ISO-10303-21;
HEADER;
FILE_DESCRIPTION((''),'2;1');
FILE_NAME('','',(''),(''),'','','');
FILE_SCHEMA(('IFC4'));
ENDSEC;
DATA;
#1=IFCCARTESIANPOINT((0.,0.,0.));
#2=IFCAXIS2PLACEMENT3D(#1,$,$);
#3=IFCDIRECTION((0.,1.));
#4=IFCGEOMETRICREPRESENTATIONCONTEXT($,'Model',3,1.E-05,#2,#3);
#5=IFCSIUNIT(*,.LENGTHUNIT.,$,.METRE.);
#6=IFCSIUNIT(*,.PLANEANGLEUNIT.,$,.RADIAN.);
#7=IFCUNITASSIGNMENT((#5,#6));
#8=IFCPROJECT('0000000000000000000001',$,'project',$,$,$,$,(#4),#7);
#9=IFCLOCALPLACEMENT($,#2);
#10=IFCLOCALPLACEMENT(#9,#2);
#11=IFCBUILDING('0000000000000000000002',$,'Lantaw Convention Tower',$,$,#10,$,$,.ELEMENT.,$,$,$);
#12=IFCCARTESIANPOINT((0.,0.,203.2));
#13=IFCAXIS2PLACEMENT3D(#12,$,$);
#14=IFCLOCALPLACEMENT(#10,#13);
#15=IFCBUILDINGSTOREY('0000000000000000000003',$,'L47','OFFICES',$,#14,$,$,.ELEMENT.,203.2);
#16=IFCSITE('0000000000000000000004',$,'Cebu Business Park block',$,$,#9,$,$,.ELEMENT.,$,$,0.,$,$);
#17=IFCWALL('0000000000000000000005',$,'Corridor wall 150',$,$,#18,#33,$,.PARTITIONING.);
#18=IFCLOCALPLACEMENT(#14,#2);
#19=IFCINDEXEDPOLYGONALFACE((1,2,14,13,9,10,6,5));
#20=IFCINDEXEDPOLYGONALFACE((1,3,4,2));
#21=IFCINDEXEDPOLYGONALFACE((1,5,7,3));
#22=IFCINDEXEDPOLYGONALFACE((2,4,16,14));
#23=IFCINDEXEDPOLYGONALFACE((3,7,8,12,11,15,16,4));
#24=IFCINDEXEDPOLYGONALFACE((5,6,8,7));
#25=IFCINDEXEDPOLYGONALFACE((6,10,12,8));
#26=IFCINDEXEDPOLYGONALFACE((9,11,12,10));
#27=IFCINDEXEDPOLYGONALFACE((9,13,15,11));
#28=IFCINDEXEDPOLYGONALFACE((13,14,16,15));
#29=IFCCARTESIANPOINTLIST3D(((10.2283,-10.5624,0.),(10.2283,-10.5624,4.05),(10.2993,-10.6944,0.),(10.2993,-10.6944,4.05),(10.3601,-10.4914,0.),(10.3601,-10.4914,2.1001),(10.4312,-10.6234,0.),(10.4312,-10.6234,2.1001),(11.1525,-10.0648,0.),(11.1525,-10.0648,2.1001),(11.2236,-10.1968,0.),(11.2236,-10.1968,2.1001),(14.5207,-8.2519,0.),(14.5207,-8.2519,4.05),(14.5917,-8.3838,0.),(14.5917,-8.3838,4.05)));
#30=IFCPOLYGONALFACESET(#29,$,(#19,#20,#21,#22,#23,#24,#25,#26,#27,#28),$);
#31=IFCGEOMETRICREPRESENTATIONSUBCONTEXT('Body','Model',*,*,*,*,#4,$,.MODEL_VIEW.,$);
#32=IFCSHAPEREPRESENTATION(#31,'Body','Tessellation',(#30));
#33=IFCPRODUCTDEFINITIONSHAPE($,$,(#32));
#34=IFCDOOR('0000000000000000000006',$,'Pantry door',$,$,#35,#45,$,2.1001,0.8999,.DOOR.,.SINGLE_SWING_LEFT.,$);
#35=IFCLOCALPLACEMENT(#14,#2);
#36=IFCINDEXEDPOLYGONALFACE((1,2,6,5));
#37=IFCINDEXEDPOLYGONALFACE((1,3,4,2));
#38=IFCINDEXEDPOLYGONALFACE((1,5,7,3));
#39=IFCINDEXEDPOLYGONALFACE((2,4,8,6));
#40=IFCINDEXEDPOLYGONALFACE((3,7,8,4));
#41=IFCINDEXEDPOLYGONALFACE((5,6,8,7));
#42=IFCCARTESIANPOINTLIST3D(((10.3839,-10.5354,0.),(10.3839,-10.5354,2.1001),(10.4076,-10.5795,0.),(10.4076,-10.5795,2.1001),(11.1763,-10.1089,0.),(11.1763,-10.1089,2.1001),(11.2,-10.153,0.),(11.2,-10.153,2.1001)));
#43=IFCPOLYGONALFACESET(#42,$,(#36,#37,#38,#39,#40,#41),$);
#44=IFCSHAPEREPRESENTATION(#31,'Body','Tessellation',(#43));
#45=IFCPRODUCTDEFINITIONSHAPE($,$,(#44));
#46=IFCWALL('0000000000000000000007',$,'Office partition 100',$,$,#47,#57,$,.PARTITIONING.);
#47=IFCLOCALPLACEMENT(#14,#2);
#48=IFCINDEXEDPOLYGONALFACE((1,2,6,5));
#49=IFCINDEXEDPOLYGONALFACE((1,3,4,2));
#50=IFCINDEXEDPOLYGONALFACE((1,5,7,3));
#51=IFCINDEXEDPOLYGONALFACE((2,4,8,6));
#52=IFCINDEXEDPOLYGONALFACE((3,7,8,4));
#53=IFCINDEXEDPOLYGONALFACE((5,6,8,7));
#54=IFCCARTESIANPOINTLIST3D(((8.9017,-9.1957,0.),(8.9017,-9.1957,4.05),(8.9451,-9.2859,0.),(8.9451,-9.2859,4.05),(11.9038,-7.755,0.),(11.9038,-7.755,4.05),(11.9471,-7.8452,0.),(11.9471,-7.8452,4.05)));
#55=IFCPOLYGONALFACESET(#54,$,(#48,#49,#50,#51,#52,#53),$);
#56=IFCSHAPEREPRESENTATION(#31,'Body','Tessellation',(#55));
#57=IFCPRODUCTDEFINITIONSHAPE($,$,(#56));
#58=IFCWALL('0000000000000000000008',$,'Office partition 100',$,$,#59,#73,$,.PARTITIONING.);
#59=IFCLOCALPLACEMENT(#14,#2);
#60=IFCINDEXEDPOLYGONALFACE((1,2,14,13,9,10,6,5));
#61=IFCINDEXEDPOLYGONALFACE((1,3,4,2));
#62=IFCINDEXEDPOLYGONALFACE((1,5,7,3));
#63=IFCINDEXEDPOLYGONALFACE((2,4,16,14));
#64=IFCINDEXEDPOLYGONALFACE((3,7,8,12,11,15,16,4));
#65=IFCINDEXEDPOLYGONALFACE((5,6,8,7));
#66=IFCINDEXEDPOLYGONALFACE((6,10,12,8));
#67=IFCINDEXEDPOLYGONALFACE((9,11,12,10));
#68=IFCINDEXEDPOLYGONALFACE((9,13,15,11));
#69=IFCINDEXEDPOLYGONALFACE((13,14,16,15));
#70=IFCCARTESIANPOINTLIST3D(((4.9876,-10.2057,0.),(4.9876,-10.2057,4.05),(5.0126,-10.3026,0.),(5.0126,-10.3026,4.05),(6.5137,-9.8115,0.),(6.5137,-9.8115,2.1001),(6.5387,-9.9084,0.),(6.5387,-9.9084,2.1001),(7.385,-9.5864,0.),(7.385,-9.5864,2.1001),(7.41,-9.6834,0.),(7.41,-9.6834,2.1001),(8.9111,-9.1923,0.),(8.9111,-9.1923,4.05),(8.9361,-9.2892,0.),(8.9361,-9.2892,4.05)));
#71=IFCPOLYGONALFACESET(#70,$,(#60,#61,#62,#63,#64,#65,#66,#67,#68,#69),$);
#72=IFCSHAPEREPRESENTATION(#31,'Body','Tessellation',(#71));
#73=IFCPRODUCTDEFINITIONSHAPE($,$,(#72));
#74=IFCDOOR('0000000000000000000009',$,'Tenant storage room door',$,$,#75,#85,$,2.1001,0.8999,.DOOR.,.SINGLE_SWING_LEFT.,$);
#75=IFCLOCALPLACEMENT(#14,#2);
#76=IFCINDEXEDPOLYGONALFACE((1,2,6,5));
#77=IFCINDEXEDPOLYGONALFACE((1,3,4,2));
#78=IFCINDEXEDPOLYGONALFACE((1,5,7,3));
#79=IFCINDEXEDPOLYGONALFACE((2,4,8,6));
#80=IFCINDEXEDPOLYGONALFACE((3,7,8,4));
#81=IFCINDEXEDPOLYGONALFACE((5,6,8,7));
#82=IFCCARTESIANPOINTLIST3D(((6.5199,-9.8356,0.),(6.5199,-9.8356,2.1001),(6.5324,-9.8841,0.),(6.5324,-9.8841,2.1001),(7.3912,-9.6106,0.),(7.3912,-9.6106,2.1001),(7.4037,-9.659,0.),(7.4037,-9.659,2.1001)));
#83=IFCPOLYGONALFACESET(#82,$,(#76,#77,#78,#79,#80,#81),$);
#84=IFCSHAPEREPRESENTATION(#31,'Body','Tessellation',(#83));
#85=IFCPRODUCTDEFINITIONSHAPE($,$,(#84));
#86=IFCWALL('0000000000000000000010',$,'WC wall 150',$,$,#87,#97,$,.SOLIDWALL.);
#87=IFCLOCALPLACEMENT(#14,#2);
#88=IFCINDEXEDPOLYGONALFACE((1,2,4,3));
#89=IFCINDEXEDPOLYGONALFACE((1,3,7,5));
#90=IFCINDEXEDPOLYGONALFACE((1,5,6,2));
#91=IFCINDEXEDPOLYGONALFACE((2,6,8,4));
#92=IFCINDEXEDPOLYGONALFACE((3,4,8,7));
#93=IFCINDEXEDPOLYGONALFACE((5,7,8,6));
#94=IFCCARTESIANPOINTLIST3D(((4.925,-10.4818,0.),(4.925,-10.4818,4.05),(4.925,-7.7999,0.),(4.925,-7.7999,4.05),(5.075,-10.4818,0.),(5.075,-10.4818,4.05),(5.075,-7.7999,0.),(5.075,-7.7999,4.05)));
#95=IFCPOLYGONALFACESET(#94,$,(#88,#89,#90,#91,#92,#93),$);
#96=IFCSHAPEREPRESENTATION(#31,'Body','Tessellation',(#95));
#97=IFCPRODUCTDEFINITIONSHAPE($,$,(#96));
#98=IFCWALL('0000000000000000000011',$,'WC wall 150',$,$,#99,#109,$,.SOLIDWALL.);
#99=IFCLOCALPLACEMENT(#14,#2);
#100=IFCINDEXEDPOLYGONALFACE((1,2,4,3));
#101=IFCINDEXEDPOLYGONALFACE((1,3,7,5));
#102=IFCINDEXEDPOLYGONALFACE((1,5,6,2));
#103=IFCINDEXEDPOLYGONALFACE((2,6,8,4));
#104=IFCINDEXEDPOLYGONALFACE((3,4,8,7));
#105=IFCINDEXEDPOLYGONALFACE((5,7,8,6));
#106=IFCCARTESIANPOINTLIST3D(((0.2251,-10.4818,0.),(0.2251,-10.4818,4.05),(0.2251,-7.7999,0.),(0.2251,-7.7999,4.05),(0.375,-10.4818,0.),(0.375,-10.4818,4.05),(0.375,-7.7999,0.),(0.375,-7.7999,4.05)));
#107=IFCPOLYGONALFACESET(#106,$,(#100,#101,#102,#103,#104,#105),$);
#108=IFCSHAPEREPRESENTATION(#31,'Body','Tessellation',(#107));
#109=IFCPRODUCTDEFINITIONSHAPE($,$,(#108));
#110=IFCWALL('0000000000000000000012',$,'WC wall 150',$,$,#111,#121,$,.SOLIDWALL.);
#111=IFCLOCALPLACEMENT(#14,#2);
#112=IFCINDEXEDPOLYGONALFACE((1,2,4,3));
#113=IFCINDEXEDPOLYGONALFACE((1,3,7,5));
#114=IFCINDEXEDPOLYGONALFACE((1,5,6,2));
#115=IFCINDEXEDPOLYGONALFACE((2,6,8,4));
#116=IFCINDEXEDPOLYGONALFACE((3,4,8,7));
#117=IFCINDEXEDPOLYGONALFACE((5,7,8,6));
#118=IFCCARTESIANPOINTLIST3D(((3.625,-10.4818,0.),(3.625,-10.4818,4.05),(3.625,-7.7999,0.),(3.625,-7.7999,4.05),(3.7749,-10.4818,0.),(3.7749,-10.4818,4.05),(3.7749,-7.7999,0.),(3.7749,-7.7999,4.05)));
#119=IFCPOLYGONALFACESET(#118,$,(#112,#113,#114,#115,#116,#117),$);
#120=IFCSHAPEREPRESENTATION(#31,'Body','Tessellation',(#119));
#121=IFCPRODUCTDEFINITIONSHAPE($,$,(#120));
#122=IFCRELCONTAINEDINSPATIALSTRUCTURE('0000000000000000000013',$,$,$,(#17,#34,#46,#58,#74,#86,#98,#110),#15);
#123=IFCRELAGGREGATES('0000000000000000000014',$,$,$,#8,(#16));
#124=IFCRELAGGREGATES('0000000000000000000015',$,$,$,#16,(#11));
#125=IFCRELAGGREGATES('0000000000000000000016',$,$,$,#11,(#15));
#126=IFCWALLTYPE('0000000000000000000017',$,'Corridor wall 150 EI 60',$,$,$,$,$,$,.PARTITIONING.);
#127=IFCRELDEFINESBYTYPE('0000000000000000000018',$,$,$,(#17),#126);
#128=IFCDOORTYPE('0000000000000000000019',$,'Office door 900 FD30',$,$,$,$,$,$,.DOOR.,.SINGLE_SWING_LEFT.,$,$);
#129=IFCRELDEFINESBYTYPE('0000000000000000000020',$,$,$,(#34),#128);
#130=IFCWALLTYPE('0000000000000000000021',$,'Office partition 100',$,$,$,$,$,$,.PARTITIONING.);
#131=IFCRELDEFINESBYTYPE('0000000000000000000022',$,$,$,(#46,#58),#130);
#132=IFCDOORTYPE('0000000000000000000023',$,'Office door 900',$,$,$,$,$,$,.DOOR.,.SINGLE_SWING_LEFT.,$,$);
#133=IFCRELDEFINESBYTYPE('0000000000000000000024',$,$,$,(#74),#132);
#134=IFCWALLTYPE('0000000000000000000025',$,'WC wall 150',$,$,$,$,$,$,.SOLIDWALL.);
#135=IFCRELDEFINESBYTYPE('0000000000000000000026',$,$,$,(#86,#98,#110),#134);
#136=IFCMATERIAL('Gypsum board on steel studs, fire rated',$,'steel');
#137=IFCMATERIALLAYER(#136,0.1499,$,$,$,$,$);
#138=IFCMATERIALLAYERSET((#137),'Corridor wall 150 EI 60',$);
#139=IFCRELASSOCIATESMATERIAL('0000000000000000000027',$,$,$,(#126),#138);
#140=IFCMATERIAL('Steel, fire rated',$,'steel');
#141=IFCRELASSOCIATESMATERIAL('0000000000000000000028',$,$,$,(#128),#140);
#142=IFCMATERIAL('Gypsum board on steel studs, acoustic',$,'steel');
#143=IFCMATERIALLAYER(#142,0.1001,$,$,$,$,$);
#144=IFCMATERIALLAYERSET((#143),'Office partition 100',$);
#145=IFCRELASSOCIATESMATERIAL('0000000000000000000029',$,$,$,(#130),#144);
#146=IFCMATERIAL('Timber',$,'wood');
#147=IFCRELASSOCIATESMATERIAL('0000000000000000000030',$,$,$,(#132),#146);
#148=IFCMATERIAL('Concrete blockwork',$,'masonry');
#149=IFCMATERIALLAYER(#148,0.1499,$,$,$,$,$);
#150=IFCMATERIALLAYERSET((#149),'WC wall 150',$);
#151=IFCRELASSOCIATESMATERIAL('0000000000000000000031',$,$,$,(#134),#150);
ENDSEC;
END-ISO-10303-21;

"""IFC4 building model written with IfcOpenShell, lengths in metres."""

from ifc_helpers import new_model, si_unit, direction, frame, frame_2d, origin, place, context, subcontext, project, spatial, rectangle, extrude, material, layer, layer_set, type_object, element, fill, save


model = new_model("IFC4")

# Units and contexts
model_context = context("Model", 3, precision=1e-05, world=origin(), true_north=direction((0.0, 1.0)))
body_context = subcontext(model_context, "Body", "Model", "MODEL_VIEW")
ifc_project = project(units=[si_unit("LENGTHUNIT", "METRE"), si_unit("PLANEANGLEUNIT", "RADIAN")], contexts=[model_context])

# Site, building, storey
site_placement = place(None, origin())
site = spatial("IfcSite", under=ifc_project, at=site_placement, Name="Cebu Business Park block", CompositionType="ELEMENT", RefElevation=0.0)
building_placement = place(site_placement, origin())
building = spatial("IfcBuilding", under=site, at=building_placement, Name="Lantaw Convention Tower", CompositionType="ELEMENT")
storey_placement = place(building_placement, frame((0.0, 0.0, 203.2)))
storey = spatial("IfcBuildingStorey", under=building, at=storey_placement, Name="L47", Description="OFFICES", CompositionType="ELEMENT", Elevation=203.2)

# Shared definitions
ifc_material_1 = material(Name="Steel, fire rated", Category="steel")

# Shared definitions
ifc_material_2 = material(Name="Gypsum board on steel studs, fire rated", Category="steel")
ifc_layer_1 = layer(ifc_material_2, 0.1499)
ifc_layer_set_1 = layer_set([ifc_layer_1], Name="Corridor wall 150 EI 60")
wall_type_1 = type_object("IfcWallType", Name="Corridor wall 150 EI 60", PredefinedType="PARTITIONING", material=ifc_layer_set_1)

# Wall, opening, door
wall_1_placement = place(storey_placement, frame((10.2637, -10.6284, 0.0), z_axis=(0.0, 0.0, 1.0), x_axis=(0.880539, 0.473974, 0.0)))
wall_1 = element("IfcWall", 1, at=wall_1_placement, inside=storey, type_object=wall_type_1, Name="Corridor wall 150", PredefinedType="PARTITIONING", context=body_context, shape_type="SweptSolid", body=[
    extrude(rectangle(XDim=4.8748, YDim=0.1499, at=frame_2d((2.4375, 0.0))), origin(), (0.0, 0.0, 1.0), 4.05),
])
opening_1_placement = place(wall_1_placement, frame((0.1499, 0.0, 0.0)))
opening_1 = element("IfcOpeningElement", 2, at=opening_1_placement, cuts=wall_1, PredefinedType="OPENING", context=body_context, shape_type="SweptSolid", body=[
    extrude(rectangle(XDim=0.8999, YDim=2.1001, at=frame_2d((0.45, 1.05))), frame((0.0, 0.085, 0.0), z_axis=(0.0, -1.0, 0.0), x_axis=(1.0, 0.0, 0.0)), (0.0, 0.0, 1.0), 0.1699),
])
door_type_1 = type_object("IfcDoorType", Name="Office door 900 FD30", OperationType="SINGLE_SWING_LEFT", PredefinedType="DOOR", material=ifc_material_1)
door_1_placement = place(opening_1_placement, origin())
door_1 = element("IfcDoor", 3, at=door_1_placement, inside=storey, type_object=door_type_1, Name="Pantry door", OperationType="SINGLE_SWING_LEFT", OverallHeight=2.1001, OverallWidth=0.8999, PredefinedType="DOOR", context=body_context, shape_type="SweptSolid", body=[
    extrude(rectangle(XDim=0.8999, YDim=2.1001, at=frame_2d((0.45, 1.05))), frame((0.0, 0.0249, 0.0), z_axis=(0.0, -1.0, 0.0), x_axis=(1.0, 0.0, 0.0)), (0.0, 0.0, 1.0), 0.05),
])
fill(opening_1, door_1)

# Wall
ifc_material_3 = material(Name="Gypsum board on steel studs, acoustic", Category="steel")
ifc_layer_2 = layer(ifc_material_3, 0.1001)
ifc_layer_set_2 = layer_set([ifc_layer_2], Name="Office partition 100")
wall_type_2 = type_object("IfcWallType", Name="Office partition 100", PredefinedType="PARTITIONING", material=ifc_layer_set_2)
wall_2_placement = place(storey_placement, frame((11.9255, -7.8, 0.0), z_axis=(0.0, 0.0, 1.0), x_axis=(-0.901554, -0.432667, 0.0)))
element("IfcWall", 4, at=wall_2_placement, inside=storey, type_object=wall_type_2, Name="Office partition 100", PredefinedType="PARTITIONING", context=body_context, shape_type="SweptSolid", body=[
    extrude(rectangle(XDim=3.3298, YDim=0.1001, at=frame_2d((1.665, 0.0))), origin(), (0.0, 0.0, 1.0), 4.05),
])

# Wall, opening, door
wall_3_placement = place(storey_placement, frame((8.9236, -9.2407, 0.0), z_axis=(0.0, 0.0, 1.0), x_axis=(-0.968224, -0.250084, 0.0)))
wall_3 = element("IfcWall", 5, at=wall_3_placement, inside=storey, type_object=wall_type_2, Name="Office partition 100", PredefinedType="PARTITIONING", context=body_context, shape_type="SweptSolid", body=[
    extrude(rectangle(XDim=4.0522, YDim=0.1001, at=frame_2d((2.0261, 0.0))), origin(), (0.0, 0.0, 1.0), 4.05),
])
opening_2_placement = place(wall_3_placement, frame((1.5762, 0.0, 0.0)))
opening_2 = element("IfcOpeningElement", 6, at=opening_2_placement, cuts=wall_3, PredefinedType="OPENING", context=body_context, shape_type="SweptSolid", body=[
    extrude(rectangle(XDim=0.8999, YDim=2.1001, at=frame_2d((0.45, 1.05))), frame((0.0, 0.0601, 0.0), z_axis=(0.0, -1.0, 0.0), x_axis=(1.0, 0.0, 0.0)), (0.0, 0.0, 1.0), 0.1201),
])
ifc_material_4 = material(Name="Timber", Category="wood")
door_type_2 = type_object("IfcDoorType", Name="Office door 900", OperationType="SINGLE_SWING_LEFT", PredefinedType="DOOR", material=ifc_material_4)
door_2_placement = place(opening_2_placement, origin())
door_2 = element("IfcDoor", 7, at=door_2_placement, inside=storey, type_object=door_type_2, Name="Tenant storage room door", OperationType="SINGLE_SWING_LEFT", OverallHeight=2.1001, OverallWidth=0.8999, PredefinedType="DOOR", context=body_context, shape_type="SweptSolid", body=[
    extrude(rectangle(XDim=0.8999, YDim=2.1001, at=frame_2d((0.45, 1.05))), frame((0.0, 0.0249, 0.0), z_axis=(0.0, -1.0, 0.0), x_axis=(1.0, 0.0, 0.0)), (0.0, 0.0, 1.0), 0.05),
])
fill(opening_2, door_2)

# Walls
ifc_material_5 = material(Name="Concrete blockwork", Category="masonry")
ifc_layer_3 = layer(ifc_material_5, 0.1499)
ifc_layer_set_3 = layer_set([ifc_layer_3], Name="WC wall 150")
wall_type_3 = type_object("IfcWallType", Name="WC wall 150", PredefinedType="SOLIDWALL", material=ifc_layer_set_3)
for number, where, z_axis, x_axis, name in (
    (8, (5.0, -7.8, 0.0), (0.0, 0.0, 1.0), (0.0, -1.0, 0.0), "WC wall 150"),
    (9, (0.3, -7.8, 0.0), (0.0, 0.0, 1.0), (0.0, -1.0, 0.0), "WC wall 150"),
    (10, (3.7, -7.8, 0.0), (0.0, 0.0, 1.0), (0.0, -1.0, 0.0), "WC wall 150"),
):
    element("IfcWall", number, at=place(storey_placement, frame(where, z_axis=z_axis, x_axis=x_axis)), inside=storey, type_object=wall_type_3, Name=name, PredefinedType="SOLIDWALL", context=body_context, shape_type="SweptSolid", body=[
        extrude(rectangle(XDim=2.6819, YDim=0.1499, at=frame_2d((1.3408, 0.0))), origin(), (0.0, 0.0, 1.0), 4.05),
    ])

save(model, "model.ifc")
